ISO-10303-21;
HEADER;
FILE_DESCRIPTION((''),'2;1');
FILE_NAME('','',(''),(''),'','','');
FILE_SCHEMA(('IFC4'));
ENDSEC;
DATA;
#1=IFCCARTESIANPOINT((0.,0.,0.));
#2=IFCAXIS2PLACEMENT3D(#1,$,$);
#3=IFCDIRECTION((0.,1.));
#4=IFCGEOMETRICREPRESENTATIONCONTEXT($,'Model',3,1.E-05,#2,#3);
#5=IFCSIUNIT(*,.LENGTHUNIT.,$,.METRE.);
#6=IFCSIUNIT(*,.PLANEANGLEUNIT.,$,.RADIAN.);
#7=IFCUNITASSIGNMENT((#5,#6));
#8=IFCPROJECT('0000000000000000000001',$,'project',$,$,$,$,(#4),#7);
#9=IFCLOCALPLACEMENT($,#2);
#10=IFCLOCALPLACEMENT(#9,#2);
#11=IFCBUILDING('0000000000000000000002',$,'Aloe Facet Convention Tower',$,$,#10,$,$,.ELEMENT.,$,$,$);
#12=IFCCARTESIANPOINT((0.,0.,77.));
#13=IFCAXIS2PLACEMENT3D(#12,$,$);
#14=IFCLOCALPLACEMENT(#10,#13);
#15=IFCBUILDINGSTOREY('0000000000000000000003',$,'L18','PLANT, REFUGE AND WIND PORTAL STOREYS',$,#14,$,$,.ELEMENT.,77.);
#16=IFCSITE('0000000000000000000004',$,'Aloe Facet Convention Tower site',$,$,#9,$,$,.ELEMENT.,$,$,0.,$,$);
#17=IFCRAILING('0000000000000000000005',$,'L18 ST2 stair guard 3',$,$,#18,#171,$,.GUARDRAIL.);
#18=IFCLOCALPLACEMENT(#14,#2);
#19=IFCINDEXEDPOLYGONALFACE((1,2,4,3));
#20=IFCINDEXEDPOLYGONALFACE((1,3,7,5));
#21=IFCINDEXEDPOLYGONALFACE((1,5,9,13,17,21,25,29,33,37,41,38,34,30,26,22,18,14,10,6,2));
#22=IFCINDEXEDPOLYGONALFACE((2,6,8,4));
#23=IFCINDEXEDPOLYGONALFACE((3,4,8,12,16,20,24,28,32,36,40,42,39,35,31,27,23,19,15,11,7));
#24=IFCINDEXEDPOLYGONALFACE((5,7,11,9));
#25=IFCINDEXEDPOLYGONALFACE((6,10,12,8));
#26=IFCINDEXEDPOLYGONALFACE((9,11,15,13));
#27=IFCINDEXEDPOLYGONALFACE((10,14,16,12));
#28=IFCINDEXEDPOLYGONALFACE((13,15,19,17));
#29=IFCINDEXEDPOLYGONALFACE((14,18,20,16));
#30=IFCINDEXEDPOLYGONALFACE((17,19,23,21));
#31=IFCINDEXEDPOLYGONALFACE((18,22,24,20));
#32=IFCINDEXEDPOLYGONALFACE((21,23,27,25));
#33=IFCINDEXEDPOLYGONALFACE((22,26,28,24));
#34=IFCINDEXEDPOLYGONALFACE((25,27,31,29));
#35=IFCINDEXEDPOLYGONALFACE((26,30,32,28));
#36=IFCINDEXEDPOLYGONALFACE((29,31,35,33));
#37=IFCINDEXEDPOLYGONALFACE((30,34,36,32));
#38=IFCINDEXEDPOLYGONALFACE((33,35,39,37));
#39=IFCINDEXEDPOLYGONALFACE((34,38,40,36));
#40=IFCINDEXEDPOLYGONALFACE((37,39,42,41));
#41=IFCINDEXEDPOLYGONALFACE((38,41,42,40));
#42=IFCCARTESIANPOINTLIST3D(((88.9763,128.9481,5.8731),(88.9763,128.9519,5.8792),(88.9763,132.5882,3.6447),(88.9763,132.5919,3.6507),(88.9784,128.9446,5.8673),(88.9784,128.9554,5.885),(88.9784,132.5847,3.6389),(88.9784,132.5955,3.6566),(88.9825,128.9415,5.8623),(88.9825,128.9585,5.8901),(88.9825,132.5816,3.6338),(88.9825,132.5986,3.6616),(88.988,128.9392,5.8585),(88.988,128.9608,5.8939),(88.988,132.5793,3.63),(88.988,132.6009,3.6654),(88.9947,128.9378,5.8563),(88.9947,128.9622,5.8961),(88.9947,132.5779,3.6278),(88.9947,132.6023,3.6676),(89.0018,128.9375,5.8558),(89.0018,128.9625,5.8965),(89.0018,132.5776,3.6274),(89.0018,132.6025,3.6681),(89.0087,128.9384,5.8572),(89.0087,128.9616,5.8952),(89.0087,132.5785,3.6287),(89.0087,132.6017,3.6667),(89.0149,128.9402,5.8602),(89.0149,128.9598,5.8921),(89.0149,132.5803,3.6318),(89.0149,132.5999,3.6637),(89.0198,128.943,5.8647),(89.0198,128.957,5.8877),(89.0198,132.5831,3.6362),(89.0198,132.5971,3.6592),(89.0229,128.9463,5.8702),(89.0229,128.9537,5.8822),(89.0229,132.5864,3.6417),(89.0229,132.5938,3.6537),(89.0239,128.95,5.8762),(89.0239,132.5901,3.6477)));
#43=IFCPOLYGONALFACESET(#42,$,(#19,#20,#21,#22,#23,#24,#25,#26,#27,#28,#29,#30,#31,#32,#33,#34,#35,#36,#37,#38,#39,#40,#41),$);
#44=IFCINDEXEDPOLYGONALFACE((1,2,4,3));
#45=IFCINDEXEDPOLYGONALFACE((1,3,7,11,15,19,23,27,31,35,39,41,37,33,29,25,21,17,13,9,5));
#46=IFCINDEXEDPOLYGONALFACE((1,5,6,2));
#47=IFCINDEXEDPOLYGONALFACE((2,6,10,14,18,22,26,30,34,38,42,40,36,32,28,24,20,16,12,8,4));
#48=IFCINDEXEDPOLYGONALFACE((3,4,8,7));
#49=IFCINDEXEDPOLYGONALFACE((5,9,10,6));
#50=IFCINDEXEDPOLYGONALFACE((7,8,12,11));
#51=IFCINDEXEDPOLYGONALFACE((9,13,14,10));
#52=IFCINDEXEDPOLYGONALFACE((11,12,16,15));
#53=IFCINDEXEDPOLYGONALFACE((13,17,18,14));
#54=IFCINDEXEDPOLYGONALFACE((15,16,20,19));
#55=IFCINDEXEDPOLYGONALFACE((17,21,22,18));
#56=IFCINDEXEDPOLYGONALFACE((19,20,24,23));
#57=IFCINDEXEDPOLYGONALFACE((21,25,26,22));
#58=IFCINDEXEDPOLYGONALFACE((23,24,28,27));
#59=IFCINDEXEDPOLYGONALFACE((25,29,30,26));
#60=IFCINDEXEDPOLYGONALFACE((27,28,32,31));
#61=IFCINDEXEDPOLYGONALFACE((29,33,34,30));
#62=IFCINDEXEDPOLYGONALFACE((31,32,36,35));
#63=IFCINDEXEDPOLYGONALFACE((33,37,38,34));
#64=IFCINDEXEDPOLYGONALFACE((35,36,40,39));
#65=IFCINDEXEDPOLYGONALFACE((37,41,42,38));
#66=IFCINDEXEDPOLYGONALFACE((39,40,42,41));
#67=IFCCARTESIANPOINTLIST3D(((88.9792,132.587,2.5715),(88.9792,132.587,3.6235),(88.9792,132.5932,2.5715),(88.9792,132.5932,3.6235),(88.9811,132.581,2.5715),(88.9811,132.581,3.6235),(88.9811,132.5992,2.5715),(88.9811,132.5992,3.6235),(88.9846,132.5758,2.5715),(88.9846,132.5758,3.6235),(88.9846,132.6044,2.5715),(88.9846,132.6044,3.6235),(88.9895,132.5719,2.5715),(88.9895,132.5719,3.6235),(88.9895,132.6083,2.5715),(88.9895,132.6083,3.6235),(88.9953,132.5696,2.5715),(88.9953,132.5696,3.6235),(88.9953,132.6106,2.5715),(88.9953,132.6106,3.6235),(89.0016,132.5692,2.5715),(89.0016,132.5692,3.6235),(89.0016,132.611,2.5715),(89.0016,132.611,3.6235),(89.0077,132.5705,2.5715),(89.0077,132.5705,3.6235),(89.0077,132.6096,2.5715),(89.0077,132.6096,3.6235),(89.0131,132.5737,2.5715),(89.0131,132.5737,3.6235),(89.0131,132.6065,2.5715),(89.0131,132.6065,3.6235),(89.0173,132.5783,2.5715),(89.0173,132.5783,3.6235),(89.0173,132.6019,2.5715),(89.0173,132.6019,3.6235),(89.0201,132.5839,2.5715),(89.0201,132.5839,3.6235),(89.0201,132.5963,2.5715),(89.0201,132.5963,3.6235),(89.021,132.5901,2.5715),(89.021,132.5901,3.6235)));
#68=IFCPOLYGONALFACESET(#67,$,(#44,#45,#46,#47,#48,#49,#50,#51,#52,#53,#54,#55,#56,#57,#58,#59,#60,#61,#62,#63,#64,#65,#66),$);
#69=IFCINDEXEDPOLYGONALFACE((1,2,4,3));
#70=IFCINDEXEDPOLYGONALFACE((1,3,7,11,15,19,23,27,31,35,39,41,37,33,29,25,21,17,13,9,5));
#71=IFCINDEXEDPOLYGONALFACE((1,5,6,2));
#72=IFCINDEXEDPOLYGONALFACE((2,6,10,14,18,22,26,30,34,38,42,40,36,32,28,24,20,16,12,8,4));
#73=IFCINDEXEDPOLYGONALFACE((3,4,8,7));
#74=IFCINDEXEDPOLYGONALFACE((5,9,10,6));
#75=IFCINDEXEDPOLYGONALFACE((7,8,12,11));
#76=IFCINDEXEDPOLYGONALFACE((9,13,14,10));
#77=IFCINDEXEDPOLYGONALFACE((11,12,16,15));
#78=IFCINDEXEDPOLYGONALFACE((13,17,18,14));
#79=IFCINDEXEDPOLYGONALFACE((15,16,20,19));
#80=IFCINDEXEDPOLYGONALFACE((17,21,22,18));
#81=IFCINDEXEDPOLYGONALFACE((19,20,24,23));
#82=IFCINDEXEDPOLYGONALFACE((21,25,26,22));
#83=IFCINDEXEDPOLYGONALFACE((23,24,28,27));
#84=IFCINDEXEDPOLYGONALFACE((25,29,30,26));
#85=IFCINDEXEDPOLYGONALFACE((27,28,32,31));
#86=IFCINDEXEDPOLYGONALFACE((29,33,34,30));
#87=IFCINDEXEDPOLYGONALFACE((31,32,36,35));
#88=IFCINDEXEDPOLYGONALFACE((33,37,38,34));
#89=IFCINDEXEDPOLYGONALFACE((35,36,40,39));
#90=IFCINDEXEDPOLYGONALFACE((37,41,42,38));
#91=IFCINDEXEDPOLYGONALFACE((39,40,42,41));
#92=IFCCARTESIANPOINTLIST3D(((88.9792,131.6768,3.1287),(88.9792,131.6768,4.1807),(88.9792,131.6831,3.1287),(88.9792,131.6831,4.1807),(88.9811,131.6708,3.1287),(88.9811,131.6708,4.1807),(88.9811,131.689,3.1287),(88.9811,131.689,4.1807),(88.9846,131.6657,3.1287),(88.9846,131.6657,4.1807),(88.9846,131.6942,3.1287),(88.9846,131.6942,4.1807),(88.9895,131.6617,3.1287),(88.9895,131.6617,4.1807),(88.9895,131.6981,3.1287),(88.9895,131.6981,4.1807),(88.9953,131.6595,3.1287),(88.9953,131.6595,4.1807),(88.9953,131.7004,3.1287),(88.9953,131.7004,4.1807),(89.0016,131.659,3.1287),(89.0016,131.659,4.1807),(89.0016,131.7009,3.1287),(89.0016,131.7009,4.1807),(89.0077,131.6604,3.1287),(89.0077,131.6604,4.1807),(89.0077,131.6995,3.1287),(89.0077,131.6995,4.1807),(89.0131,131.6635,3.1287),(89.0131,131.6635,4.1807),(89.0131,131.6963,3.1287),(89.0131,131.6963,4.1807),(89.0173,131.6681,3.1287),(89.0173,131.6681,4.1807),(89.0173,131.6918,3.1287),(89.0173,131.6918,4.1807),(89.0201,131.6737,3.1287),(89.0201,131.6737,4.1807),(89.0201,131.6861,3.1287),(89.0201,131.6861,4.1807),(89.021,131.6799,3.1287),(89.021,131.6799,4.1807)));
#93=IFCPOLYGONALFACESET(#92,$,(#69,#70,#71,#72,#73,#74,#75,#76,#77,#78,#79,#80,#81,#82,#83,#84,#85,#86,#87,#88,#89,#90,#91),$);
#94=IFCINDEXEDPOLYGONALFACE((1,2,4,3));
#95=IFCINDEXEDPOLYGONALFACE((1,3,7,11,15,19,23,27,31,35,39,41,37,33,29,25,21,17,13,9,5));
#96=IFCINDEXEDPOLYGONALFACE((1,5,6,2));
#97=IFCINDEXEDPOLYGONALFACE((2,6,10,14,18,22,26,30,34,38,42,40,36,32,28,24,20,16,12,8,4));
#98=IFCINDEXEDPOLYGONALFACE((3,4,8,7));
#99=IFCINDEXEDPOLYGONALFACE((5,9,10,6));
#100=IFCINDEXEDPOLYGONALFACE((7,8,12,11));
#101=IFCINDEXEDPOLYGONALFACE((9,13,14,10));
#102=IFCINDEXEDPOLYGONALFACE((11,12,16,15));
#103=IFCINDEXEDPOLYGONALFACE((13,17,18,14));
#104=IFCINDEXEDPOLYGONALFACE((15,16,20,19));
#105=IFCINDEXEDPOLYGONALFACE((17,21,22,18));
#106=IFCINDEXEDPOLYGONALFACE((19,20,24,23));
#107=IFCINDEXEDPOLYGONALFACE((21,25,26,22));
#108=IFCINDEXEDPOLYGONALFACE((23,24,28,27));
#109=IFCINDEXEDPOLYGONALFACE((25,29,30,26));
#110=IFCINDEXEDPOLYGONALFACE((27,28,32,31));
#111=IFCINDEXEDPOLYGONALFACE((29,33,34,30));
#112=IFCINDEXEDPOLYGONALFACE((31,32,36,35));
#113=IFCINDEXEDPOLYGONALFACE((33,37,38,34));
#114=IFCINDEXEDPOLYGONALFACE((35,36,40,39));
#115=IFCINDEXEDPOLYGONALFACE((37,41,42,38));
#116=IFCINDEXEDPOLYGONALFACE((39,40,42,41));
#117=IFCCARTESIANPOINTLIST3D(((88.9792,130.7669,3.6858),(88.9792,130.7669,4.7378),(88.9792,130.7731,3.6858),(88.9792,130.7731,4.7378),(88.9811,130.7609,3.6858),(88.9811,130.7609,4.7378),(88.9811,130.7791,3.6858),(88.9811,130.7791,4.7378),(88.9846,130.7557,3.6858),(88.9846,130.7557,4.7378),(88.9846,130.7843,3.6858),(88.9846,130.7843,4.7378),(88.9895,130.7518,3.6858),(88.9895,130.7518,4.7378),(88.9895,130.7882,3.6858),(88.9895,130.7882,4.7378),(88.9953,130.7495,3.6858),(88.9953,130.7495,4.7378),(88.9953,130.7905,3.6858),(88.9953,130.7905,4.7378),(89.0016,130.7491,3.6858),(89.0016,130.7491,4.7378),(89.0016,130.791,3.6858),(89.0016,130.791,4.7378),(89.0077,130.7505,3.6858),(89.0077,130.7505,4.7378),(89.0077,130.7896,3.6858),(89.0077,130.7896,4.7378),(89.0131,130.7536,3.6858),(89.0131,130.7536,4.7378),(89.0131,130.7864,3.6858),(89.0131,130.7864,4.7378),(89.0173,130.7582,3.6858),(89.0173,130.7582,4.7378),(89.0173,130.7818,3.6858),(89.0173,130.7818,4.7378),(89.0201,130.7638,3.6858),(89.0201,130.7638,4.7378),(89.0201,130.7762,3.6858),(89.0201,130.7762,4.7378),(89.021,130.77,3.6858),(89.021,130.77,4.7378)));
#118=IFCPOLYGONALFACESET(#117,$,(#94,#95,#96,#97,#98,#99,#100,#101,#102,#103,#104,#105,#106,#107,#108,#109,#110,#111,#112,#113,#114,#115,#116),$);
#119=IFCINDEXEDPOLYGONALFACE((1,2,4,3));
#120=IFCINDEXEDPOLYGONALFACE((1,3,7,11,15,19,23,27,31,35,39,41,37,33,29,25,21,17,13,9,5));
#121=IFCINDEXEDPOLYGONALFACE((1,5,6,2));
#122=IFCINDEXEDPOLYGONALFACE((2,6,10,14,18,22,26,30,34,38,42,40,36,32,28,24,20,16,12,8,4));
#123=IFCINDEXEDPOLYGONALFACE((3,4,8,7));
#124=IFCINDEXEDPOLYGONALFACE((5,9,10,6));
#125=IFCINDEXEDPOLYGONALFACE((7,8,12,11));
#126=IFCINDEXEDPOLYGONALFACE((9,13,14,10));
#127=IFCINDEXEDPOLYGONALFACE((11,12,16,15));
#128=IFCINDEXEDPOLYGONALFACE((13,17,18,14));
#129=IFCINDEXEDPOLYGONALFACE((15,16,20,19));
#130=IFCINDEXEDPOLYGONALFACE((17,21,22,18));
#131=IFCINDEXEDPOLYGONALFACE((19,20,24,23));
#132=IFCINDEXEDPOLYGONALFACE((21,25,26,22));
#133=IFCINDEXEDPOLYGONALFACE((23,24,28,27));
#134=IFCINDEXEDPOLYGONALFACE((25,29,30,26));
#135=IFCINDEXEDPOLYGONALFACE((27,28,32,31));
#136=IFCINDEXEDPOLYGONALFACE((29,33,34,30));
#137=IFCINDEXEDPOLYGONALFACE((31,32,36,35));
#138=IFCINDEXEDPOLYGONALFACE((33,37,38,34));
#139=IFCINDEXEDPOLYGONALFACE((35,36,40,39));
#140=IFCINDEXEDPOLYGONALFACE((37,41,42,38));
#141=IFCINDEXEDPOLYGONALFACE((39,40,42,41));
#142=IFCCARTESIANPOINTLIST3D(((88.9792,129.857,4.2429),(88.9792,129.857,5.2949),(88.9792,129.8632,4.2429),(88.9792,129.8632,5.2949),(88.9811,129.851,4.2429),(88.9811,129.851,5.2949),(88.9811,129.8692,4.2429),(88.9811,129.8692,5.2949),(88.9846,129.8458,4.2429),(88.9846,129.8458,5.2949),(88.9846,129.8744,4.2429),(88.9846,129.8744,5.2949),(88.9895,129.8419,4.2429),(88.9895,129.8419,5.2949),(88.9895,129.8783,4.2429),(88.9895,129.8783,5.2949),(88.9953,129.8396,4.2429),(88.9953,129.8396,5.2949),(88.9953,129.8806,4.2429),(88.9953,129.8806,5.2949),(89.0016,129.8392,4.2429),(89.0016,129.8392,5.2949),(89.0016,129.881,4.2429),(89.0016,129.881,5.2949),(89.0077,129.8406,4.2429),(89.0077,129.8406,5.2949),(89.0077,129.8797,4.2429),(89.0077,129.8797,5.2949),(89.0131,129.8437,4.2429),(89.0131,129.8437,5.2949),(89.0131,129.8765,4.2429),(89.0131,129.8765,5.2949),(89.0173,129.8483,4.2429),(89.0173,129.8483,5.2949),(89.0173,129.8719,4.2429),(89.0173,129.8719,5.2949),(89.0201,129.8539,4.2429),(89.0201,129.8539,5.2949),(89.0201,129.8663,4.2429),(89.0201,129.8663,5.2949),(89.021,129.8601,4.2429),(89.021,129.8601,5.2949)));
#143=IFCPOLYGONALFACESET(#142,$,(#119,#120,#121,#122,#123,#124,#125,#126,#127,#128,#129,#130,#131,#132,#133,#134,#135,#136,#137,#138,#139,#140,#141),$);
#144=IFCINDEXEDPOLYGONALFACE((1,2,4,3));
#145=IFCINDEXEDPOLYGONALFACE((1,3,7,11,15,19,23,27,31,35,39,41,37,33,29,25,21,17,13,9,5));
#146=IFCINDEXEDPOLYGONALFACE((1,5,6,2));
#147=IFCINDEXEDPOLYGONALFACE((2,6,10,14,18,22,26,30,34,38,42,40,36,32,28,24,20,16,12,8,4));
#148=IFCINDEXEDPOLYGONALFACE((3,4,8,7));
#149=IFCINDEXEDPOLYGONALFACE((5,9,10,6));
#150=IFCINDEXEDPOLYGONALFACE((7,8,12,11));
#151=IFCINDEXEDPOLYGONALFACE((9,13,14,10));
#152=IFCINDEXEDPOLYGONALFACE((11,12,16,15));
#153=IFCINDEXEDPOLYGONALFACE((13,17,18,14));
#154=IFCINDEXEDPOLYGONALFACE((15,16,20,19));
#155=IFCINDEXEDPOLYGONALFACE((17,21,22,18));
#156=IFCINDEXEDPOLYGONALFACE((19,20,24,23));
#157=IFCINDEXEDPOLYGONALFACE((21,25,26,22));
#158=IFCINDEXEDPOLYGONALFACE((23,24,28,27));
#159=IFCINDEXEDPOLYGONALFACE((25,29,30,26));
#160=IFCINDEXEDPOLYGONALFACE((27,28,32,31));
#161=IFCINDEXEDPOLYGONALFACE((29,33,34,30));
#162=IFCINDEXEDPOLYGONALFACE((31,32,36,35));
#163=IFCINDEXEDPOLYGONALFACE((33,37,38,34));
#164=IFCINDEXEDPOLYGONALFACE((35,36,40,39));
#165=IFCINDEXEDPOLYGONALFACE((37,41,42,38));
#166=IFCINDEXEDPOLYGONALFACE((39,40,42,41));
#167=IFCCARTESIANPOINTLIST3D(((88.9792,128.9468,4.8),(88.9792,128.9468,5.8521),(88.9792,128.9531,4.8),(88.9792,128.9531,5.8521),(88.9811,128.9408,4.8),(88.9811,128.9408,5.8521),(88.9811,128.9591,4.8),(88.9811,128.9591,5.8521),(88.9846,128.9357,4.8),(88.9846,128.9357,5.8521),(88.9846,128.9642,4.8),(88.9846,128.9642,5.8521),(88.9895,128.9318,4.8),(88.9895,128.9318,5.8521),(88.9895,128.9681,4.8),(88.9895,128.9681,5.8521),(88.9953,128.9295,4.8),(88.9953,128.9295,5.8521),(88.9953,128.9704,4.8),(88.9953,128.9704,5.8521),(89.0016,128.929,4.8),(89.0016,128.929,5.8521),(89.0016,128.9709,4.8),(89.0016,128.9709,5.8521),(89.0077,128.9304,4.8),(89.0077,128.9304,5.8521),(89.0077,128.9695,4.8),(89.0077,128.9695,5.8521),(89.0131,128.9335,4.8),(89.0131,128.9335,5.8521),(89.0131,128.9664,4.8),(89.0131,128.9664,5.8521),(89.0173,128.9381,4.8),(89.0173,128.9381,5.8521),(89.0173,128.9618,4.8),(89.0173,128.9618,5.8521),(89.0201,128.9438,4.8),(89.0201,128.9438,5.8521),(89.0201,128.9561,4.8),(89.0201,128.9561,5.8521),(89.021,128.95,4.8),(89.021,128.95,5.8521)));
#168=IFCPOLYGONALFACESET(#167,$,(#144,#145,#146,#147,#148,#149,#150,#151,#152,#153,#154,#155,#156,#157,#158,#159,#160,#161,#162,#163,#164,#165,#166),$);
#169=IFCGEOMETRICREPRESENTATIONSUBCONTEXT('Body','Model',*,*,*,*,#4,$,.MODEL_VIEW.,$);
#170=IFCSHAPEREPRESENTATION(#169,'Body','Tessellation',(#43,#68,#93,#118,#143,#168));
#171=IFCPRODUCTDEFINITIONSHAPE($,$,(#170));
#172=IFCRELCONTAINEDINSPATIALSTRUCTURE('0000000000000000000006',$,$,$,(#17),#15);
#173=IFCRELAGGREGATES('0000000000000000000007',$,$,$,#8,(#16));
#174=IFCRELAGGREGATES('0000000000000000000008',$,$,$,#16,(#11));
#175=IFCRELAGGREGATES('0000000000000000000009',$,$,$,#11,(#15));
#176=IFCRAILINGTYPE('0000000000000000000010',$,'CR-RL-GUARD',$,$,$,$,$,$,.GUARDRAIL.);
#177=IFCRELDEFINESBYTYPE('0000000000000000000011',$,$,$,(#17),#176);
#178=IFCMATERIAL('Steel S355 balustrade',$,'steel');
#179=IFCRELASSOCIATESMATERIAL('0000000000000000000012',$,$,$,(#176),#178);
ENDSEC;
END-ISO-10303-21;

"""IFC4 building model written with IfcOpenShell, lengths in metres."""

from ifc_helpers import new_model, si_unit, direction, frame, origin, origin_2d, place, context, subcontext, project, spatial, circle, extrude, material, type_object, element, save


model = new_model("IFC4")

# Units and contexts
model_context = context("Model", 3, precision=1e-05, world=origin(), true_north=direction((0.0, 1.0)))
body_context = subcontext(model_context, "Body", "Model", "MODEL_VIEW")
ifc_project = project(units=[si_unit("LENGTHUNIT", "METRE"), si_unit("PLANEANGLEUNIT", "RADIAN")], contexts=[model_context])

# Site, building, storey
site_placement = place(None, origin())
site = spatial("IfcSite", under=ifc_project, at=site_placement, Name="Aloe Facet Convention Tower site", CompositionType="ELEMENT", RefElevation=0.0)
building_placement = place(site_placement, origin())
building = spatial("IfcBuilding", under=site, at=building_placement, Name="Aloe Facet Convention Tower", CompositionType="ELEMENT")
storey_placement = place(building_placement, frame((0.0, 0.0, 77.0)))
storey = spatial("IfcBuildingStorey", under=building, at=storey_placement, Name="L18", Description="PLANT, REFUGE AND WIND PORTAL STOREYS", CompositionType="ELEMENT", Elevation=77.0)

# Railing
ifc_material_1 = material(Name="Steel S355 balustrade", Category="steel")
railing_type_1 = type_object("IfcRailingType", Name="CR-RL-GUARD", PredefinedType="GUARDRAIL", material=ifc_material_1)
railing_1_placement = place(storey_placement, frame((89.0, 132.5901, 2.5715)))
element("IfcRailing", 1, at=railing_1_placement, inside=storey, type_object=railing_type_1, Name="L18 ST2 stair guard 3", PredefinedType="GUARDRAIL", context=body_context, shape_type="SweptSolid", body=[
    extrude(circle(Radius=0.0239, at=origin_2d()), frame((0.0, 0.0, 1.0762), z_axis=(0.0, -0.852866, 0.52213), x_axis=(1.0, 0.0, 0.0)), (0.0, 0.0, 1.0), 4.2681),
    extrude(circle(Radius=0.021, at=origin_2d()), origin(), (0.0, 0.0, 1.0), 1.052),
    extrude(circle(Radius=0.021, at=origin_2d()), frame((0.0, -0.9102, 0.5571)), (0.0, 0.0, 1.0), 1.052),
    extrude(circle(Radius=0.021, at=origin_2d()), frame((0.0, -1.8201, 1.1143)), (0.0, 0.0, 1.0), 1.052),
    extrude(circle(Radius=0.021, at=origin_2d()), frame((0.0, -2.73, 1.6714)), (0.0, 0.0, 1.0), 1.052),
    extrude(circle(Radius=0.021, at=origin_2d()), frame((0.0, -3.6401, 2.2285)), (0.0, 0.0, 1.0), 1.052),
])

save(model, "model.ifc")
